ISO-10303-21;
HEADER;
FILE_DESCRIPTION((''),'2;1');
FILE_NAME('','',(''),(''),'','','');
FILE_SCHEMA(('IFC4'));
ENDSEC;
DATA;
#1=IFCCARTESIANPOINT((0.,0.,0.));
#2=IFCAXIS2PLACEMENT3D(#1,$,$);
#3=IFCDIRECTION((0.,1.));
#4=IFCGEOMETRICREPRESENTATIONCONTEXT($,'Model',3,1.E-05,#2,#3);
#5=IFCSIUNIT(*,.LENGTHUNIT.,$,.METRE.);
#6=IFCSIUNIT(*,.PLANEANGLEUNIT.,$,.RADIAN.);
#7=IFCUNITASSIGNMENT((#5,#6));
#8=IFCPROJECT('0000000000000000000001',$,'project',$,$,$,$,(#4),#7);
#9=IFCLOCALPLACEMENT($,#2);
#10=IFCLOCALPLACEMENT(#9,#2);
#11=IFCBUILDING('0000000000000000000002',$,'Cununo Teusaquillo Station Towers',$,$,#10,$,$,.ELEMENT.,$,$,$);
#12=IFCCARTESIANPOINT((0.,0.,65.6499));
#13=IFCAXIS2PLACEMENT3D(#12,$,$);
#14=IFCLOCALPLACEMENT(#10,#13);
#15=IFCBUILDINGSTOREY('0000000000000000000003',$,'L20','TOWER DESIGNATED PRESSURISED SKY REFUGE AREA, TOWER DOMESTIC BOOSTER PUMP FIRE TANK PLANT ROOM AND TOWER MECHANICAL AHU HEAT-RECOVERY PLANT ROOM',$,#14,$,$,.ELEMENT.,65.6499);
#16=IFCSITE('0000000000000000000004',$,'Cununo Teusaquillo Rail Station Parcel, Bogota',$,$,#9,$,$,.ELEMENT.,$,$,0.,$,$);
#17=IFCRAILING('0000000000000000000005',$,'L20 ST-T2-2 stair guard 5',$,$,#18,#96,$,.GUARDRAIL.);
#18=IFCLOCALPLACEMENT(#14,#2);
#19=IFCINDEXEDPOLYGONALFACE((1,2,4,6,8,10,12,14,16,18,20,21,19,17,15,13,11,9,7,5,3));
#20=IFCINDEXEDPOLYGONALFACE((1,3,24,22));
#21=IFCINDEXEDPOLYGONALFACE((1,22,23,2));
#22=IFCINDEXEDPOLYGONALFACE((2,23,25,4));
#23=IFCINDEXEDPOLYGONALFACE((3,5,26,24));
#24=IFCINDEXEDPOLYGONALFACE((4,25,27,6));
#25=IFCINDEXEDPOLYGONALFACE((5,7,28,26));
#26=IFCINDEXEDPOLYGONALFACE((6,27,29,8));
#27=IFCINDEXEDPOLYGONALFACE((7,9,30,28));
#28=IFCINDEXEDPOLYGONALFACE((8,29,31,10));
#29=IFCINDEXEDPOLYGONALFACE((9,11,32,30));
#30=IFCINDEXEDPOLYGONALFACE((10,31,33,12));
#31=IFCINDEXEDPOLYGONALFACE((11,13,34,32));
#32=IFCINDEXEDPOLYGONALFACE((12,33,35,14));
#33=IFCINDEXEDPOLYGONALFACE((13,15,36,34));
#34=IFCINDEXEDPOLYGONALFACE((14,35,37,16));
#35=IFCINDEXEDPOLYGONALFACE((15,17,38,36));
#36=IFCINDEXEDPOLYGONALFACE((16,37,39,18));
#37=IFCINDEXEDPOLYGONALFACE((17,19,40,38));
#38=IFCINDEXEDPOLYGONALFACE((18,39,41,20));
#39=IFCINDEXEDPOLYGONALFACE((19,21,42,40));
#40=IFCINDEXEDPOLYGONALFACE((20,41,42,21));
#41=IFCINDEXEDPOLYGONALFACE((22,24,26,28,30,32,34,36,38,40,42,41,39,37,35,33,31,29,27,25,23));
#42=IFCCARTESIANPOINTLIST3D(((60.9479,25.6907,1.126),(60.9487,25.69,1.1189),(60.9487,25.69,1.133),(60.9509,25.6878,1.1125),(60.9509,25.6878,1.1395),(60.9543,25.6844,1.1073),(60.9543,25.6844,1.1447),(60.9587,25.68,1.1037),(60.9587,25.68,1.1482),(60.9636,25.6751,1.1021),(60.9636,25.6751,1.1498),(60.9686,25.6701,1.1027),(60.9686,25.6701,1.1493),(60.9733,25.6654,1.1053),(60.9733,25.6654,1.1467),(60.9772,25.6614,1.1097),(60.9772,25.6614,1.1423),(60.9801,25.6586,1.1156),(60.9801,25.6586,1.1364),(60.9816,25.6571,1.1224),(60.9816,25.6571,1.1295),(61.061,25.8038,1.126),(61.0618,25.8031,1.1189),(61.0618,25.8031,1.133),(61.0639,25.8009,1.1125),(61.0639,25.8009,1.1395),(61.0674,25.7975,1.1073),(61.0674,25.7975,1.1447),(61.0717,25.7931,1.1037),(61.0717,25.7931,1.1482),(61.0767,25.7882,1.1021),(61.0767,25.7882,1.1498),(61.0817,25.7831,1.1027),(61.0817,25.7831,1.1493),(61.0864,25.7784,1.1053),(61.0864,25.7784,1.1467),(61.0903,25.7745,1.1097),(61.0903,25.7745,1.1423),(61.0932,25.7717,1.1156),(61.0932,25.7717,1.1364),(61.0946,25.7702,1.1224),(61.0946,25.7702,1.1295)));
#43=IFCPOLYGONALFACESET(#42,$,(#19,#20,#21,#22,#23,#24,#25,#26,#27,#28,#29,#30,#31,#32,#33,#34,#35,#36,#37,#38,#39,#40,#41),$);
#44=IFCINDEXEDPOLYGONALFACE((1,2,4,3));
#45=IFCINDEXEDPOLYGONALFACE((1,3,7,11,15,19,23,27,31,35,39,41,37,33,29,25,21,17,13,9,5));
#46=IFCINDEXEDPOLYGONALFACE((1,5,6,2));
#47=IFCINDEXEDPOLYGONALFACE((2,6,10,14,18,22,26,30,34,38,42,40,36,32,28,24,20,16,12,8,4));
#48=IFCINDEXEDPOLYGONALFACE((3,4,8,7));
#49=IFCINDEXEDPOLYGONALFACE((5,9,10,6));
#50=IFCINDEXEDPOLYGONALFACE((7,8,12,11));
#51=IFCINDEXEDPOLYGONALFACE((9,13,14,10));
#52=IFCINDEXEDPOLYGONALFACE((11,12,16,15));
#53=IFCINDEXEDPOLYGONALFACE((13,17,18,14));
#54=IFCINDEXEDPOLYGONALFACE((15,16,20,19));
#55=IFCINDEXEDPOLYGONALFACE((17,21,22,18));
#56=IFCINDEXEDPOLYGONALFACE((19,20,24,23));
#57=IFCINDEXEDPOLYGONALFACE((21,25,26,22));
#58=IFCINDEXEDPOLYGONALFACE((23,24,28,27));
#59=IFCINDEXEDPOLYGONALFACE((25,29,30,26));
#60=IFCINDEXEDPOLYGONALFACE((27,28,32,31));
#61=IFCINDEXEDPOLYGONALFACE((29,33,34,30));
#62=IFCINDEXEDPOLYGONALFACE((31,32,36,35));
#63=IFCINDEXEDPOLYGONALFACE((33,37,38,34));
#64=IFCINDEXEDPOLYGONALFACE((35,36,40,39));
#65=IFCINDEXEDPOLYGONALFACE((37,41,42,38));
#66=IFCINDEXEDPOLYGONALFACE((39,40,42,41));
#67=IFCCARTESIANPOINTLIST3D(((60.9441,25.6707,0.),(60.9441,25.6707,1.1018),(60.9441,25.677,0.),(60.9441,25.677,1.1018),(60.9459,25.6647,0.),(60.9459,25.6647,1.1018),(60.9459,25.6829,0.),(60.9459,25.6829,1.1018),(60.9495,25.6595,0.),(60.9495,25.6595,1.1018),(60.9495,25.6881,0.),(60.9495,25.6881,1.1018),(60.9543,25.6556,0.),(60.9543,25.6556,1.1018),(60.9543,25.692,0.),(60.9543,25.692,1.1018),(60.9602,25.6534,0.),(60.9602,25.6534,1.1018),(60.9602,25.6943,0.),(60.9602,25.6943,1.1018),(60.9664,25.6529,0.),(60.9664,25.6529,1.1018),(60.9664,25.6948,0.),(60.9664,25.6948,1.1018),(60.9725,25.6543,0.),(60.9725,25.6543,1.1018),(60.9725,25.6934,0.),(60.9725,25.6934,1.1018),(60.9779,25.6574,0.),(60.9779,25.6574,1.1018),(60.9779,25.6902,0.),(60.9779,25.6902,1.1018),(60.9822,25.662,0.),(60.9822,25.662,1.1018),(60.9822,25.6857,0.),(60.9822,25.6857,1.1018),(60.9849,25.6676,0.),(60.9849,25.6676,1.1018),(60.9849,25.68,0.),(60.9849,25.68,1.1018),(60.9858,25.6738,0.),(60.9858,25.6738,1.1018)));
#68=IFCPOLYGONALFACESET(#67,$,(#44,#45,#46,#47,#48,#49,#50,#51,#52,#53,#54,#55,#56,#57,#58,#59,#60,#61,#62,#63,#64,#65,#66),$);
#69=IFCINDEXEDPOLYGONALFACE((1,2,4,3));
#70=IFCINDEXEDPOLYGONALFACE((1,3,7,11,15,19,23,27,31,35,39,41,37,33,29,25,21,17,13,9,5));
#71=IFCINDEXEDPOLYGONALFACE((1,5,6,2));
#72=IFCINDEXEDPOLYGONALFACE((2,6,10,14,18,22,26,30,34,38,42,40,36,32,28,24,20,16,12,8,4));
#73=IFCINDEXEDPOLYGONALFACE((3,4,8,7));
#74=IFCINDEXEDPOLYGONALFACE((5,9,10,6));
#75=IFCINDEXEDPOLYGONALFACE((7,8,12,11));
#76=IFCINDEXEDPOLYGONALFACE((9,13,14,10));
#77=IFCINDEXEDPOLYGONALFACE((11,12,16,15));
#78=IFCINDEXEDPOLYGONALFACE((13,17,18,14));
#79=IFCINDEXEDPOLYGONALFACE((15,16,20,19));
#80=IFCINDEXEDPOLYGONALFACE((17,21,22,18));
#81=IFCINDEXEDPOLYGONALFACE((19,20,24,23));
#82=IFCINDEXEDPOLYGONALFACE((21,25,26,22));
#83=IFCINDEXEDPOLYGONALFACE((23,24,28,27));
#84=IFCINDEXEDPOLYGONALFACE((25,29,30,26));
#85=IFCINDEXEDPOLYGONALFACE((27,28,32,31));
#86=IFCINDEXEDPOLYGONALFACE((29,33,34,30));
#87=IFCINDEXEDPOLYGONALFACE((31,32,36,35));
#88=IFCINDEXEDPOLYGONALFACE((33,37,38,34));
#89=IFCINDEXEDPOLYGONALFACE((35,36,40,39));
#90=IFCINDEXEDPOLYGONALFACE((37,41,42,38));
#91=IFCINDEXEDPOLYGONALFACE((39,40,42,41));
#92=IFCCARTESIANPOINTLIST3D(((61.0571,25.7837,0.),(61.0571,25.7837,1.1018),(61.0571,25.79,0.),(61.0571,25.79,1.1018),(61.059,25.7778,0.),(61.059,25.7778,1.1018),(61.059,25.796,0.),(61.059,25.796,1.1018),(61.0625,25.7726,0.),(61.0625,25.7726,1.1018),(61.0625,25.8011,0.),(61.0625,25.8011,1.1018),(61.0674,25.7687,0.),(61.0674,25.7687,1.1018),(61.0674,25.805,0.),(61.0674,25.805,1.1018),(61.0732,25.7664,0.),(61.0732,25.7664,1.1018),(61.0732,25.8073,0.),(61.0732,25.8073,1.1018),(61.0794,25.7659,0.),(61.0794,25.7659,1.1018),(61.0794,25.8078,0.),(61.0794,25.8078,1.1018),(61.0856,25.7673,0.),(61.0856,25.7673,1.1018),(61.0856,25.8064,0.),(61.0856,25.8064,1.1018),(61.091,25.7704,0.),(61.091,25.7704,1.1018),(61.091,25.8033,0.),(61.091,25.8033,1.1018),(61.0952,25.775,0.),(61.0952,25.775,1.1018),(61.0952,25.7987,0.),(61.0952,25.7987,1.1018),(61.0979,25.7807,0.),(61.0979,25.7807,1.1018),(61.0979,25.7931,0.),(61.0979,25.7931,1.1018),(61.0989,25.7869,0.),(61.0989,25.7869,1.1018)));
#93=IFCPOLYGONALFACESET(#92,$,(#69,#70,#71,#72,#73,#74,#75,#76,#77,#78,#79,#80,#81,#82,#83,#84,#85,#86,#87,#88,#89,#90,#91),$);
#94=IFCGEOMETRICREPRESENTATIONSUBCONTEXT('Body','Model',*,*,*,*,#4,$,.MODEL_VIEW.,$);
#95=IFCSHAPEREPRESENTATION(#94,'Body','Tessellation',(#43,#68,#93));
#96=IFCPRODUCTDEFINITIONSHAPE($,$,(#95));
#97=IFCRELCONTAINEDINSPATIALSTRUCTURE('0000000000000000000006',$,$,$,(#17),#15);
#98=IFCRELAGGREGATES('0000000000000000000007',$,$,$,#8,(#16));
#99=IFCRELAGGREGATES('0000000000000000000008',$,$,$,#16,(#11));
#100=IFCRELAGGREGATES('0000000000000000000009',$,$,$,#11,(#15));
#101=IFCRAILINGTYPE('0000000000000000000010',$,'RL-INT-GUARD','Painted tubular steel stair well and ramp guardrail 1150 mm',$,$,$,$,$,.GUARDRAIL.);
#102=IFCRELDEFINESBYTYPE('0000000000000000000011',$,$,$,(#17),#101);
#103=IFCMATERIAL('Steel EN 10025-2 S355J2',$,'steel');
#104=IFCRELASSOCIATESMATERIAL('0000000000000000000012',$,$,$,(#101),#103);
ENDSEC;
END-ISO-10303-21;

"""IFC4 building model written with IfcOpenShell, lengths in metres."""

from ifc_helpers import new_model, si_unit, direction, frame, origin, origin_2d, place, context, subcontext, project, spatial, circle, extrude, material, type_object, element, save


model = new_model("IFC4")

# Units and contexts
model_context = context("Model", 3, precision=1e-05, world=origin(), true_north=direction((0.0, 1.0)))
body_context = subcontext(model_context, "Body", "Model", "MODEL_VIEW")
ifc_project = project(units=[si_unit("LENGTHUNIT", "METRE"), si_unit("PLANEANGLEUNIT", "RADIAN")], contexts=[model_context])

# Site, building, storey
site_placement = place(None, origin())
site = spatial("IfcSite", under=ifc_project, at=site_placement, Name="Cununo Teusaquillo Rail Station Parcel, Bogota", CompositionType="ELEMENT", RefElevation=0.0)
building_placement = place(site_placement, origin())
building = spatial("IfcBuilding", under=site, at=building_placement, Name="Cununo Teusaquillo Station Towers", CompositionType="ELEMENT")
storey_placement = place(building_placement, frame((0.0, 0.0, 65.6499)))
storey = spatial("IfcBuildingStorey", under=building, at=storey_placement, Name="L20", Description="TOWER DESIGNATED PRESSURISED SKY REFUGE AREA, TOWER DOMESTIC BOOSTER PUMP FIRE TANK PLANT ROOM AND TOWER MECHANICAL AHU HEAT-RECOVERY PLANT ROOM", CompositionType="ELEMENT", Elevation=65.6499)

# Railing
ifc_material_1 = material(Name="Steel EN 10025-2 S355J2", Category="steel")
railing_type_1 = type_object("IfcRailingType", Name="RL-INT-GUARD", Description="Painted tubular steel stair well and ramp guardrail 1150 mm", PredefinedType="GUARDRAIL", material=ifc_material_1)
railing_1_placement = place(storey_placement, frame((60.9648, 25.6738, 0.0)))
element("IfcRailing", 1, at=railing_1_placement, inside=storey, type_object=railing_type_1, Name="L20 ST-T2-2 stair guard 5", PredefinedType="GUARDRAIL", context=body_context, shape_type="SweptSolid", body=[
    extrude(circle(Radius=0.0239, at=origin_2d()), frame((0.0, 0.0, 1.126), z_axis=(0.707107, 0.707107, 0.0), x_axis=(-0.707107, 0.707107, 0.0)), (0.0, 0.0, 1.0), 0.1599),
    extrude(circle(Radius=0.021, at=origin_2d()), origin(), (0.0, 0.0, 1.0), 1.1018),
    extrude(circle(Radius=0.021, at=origin_2d()), frame((0.113, 0.113, 0.0)), (0.0, 0.0, 1.0), 1.1018),
])

save(model, "model.ifc")
